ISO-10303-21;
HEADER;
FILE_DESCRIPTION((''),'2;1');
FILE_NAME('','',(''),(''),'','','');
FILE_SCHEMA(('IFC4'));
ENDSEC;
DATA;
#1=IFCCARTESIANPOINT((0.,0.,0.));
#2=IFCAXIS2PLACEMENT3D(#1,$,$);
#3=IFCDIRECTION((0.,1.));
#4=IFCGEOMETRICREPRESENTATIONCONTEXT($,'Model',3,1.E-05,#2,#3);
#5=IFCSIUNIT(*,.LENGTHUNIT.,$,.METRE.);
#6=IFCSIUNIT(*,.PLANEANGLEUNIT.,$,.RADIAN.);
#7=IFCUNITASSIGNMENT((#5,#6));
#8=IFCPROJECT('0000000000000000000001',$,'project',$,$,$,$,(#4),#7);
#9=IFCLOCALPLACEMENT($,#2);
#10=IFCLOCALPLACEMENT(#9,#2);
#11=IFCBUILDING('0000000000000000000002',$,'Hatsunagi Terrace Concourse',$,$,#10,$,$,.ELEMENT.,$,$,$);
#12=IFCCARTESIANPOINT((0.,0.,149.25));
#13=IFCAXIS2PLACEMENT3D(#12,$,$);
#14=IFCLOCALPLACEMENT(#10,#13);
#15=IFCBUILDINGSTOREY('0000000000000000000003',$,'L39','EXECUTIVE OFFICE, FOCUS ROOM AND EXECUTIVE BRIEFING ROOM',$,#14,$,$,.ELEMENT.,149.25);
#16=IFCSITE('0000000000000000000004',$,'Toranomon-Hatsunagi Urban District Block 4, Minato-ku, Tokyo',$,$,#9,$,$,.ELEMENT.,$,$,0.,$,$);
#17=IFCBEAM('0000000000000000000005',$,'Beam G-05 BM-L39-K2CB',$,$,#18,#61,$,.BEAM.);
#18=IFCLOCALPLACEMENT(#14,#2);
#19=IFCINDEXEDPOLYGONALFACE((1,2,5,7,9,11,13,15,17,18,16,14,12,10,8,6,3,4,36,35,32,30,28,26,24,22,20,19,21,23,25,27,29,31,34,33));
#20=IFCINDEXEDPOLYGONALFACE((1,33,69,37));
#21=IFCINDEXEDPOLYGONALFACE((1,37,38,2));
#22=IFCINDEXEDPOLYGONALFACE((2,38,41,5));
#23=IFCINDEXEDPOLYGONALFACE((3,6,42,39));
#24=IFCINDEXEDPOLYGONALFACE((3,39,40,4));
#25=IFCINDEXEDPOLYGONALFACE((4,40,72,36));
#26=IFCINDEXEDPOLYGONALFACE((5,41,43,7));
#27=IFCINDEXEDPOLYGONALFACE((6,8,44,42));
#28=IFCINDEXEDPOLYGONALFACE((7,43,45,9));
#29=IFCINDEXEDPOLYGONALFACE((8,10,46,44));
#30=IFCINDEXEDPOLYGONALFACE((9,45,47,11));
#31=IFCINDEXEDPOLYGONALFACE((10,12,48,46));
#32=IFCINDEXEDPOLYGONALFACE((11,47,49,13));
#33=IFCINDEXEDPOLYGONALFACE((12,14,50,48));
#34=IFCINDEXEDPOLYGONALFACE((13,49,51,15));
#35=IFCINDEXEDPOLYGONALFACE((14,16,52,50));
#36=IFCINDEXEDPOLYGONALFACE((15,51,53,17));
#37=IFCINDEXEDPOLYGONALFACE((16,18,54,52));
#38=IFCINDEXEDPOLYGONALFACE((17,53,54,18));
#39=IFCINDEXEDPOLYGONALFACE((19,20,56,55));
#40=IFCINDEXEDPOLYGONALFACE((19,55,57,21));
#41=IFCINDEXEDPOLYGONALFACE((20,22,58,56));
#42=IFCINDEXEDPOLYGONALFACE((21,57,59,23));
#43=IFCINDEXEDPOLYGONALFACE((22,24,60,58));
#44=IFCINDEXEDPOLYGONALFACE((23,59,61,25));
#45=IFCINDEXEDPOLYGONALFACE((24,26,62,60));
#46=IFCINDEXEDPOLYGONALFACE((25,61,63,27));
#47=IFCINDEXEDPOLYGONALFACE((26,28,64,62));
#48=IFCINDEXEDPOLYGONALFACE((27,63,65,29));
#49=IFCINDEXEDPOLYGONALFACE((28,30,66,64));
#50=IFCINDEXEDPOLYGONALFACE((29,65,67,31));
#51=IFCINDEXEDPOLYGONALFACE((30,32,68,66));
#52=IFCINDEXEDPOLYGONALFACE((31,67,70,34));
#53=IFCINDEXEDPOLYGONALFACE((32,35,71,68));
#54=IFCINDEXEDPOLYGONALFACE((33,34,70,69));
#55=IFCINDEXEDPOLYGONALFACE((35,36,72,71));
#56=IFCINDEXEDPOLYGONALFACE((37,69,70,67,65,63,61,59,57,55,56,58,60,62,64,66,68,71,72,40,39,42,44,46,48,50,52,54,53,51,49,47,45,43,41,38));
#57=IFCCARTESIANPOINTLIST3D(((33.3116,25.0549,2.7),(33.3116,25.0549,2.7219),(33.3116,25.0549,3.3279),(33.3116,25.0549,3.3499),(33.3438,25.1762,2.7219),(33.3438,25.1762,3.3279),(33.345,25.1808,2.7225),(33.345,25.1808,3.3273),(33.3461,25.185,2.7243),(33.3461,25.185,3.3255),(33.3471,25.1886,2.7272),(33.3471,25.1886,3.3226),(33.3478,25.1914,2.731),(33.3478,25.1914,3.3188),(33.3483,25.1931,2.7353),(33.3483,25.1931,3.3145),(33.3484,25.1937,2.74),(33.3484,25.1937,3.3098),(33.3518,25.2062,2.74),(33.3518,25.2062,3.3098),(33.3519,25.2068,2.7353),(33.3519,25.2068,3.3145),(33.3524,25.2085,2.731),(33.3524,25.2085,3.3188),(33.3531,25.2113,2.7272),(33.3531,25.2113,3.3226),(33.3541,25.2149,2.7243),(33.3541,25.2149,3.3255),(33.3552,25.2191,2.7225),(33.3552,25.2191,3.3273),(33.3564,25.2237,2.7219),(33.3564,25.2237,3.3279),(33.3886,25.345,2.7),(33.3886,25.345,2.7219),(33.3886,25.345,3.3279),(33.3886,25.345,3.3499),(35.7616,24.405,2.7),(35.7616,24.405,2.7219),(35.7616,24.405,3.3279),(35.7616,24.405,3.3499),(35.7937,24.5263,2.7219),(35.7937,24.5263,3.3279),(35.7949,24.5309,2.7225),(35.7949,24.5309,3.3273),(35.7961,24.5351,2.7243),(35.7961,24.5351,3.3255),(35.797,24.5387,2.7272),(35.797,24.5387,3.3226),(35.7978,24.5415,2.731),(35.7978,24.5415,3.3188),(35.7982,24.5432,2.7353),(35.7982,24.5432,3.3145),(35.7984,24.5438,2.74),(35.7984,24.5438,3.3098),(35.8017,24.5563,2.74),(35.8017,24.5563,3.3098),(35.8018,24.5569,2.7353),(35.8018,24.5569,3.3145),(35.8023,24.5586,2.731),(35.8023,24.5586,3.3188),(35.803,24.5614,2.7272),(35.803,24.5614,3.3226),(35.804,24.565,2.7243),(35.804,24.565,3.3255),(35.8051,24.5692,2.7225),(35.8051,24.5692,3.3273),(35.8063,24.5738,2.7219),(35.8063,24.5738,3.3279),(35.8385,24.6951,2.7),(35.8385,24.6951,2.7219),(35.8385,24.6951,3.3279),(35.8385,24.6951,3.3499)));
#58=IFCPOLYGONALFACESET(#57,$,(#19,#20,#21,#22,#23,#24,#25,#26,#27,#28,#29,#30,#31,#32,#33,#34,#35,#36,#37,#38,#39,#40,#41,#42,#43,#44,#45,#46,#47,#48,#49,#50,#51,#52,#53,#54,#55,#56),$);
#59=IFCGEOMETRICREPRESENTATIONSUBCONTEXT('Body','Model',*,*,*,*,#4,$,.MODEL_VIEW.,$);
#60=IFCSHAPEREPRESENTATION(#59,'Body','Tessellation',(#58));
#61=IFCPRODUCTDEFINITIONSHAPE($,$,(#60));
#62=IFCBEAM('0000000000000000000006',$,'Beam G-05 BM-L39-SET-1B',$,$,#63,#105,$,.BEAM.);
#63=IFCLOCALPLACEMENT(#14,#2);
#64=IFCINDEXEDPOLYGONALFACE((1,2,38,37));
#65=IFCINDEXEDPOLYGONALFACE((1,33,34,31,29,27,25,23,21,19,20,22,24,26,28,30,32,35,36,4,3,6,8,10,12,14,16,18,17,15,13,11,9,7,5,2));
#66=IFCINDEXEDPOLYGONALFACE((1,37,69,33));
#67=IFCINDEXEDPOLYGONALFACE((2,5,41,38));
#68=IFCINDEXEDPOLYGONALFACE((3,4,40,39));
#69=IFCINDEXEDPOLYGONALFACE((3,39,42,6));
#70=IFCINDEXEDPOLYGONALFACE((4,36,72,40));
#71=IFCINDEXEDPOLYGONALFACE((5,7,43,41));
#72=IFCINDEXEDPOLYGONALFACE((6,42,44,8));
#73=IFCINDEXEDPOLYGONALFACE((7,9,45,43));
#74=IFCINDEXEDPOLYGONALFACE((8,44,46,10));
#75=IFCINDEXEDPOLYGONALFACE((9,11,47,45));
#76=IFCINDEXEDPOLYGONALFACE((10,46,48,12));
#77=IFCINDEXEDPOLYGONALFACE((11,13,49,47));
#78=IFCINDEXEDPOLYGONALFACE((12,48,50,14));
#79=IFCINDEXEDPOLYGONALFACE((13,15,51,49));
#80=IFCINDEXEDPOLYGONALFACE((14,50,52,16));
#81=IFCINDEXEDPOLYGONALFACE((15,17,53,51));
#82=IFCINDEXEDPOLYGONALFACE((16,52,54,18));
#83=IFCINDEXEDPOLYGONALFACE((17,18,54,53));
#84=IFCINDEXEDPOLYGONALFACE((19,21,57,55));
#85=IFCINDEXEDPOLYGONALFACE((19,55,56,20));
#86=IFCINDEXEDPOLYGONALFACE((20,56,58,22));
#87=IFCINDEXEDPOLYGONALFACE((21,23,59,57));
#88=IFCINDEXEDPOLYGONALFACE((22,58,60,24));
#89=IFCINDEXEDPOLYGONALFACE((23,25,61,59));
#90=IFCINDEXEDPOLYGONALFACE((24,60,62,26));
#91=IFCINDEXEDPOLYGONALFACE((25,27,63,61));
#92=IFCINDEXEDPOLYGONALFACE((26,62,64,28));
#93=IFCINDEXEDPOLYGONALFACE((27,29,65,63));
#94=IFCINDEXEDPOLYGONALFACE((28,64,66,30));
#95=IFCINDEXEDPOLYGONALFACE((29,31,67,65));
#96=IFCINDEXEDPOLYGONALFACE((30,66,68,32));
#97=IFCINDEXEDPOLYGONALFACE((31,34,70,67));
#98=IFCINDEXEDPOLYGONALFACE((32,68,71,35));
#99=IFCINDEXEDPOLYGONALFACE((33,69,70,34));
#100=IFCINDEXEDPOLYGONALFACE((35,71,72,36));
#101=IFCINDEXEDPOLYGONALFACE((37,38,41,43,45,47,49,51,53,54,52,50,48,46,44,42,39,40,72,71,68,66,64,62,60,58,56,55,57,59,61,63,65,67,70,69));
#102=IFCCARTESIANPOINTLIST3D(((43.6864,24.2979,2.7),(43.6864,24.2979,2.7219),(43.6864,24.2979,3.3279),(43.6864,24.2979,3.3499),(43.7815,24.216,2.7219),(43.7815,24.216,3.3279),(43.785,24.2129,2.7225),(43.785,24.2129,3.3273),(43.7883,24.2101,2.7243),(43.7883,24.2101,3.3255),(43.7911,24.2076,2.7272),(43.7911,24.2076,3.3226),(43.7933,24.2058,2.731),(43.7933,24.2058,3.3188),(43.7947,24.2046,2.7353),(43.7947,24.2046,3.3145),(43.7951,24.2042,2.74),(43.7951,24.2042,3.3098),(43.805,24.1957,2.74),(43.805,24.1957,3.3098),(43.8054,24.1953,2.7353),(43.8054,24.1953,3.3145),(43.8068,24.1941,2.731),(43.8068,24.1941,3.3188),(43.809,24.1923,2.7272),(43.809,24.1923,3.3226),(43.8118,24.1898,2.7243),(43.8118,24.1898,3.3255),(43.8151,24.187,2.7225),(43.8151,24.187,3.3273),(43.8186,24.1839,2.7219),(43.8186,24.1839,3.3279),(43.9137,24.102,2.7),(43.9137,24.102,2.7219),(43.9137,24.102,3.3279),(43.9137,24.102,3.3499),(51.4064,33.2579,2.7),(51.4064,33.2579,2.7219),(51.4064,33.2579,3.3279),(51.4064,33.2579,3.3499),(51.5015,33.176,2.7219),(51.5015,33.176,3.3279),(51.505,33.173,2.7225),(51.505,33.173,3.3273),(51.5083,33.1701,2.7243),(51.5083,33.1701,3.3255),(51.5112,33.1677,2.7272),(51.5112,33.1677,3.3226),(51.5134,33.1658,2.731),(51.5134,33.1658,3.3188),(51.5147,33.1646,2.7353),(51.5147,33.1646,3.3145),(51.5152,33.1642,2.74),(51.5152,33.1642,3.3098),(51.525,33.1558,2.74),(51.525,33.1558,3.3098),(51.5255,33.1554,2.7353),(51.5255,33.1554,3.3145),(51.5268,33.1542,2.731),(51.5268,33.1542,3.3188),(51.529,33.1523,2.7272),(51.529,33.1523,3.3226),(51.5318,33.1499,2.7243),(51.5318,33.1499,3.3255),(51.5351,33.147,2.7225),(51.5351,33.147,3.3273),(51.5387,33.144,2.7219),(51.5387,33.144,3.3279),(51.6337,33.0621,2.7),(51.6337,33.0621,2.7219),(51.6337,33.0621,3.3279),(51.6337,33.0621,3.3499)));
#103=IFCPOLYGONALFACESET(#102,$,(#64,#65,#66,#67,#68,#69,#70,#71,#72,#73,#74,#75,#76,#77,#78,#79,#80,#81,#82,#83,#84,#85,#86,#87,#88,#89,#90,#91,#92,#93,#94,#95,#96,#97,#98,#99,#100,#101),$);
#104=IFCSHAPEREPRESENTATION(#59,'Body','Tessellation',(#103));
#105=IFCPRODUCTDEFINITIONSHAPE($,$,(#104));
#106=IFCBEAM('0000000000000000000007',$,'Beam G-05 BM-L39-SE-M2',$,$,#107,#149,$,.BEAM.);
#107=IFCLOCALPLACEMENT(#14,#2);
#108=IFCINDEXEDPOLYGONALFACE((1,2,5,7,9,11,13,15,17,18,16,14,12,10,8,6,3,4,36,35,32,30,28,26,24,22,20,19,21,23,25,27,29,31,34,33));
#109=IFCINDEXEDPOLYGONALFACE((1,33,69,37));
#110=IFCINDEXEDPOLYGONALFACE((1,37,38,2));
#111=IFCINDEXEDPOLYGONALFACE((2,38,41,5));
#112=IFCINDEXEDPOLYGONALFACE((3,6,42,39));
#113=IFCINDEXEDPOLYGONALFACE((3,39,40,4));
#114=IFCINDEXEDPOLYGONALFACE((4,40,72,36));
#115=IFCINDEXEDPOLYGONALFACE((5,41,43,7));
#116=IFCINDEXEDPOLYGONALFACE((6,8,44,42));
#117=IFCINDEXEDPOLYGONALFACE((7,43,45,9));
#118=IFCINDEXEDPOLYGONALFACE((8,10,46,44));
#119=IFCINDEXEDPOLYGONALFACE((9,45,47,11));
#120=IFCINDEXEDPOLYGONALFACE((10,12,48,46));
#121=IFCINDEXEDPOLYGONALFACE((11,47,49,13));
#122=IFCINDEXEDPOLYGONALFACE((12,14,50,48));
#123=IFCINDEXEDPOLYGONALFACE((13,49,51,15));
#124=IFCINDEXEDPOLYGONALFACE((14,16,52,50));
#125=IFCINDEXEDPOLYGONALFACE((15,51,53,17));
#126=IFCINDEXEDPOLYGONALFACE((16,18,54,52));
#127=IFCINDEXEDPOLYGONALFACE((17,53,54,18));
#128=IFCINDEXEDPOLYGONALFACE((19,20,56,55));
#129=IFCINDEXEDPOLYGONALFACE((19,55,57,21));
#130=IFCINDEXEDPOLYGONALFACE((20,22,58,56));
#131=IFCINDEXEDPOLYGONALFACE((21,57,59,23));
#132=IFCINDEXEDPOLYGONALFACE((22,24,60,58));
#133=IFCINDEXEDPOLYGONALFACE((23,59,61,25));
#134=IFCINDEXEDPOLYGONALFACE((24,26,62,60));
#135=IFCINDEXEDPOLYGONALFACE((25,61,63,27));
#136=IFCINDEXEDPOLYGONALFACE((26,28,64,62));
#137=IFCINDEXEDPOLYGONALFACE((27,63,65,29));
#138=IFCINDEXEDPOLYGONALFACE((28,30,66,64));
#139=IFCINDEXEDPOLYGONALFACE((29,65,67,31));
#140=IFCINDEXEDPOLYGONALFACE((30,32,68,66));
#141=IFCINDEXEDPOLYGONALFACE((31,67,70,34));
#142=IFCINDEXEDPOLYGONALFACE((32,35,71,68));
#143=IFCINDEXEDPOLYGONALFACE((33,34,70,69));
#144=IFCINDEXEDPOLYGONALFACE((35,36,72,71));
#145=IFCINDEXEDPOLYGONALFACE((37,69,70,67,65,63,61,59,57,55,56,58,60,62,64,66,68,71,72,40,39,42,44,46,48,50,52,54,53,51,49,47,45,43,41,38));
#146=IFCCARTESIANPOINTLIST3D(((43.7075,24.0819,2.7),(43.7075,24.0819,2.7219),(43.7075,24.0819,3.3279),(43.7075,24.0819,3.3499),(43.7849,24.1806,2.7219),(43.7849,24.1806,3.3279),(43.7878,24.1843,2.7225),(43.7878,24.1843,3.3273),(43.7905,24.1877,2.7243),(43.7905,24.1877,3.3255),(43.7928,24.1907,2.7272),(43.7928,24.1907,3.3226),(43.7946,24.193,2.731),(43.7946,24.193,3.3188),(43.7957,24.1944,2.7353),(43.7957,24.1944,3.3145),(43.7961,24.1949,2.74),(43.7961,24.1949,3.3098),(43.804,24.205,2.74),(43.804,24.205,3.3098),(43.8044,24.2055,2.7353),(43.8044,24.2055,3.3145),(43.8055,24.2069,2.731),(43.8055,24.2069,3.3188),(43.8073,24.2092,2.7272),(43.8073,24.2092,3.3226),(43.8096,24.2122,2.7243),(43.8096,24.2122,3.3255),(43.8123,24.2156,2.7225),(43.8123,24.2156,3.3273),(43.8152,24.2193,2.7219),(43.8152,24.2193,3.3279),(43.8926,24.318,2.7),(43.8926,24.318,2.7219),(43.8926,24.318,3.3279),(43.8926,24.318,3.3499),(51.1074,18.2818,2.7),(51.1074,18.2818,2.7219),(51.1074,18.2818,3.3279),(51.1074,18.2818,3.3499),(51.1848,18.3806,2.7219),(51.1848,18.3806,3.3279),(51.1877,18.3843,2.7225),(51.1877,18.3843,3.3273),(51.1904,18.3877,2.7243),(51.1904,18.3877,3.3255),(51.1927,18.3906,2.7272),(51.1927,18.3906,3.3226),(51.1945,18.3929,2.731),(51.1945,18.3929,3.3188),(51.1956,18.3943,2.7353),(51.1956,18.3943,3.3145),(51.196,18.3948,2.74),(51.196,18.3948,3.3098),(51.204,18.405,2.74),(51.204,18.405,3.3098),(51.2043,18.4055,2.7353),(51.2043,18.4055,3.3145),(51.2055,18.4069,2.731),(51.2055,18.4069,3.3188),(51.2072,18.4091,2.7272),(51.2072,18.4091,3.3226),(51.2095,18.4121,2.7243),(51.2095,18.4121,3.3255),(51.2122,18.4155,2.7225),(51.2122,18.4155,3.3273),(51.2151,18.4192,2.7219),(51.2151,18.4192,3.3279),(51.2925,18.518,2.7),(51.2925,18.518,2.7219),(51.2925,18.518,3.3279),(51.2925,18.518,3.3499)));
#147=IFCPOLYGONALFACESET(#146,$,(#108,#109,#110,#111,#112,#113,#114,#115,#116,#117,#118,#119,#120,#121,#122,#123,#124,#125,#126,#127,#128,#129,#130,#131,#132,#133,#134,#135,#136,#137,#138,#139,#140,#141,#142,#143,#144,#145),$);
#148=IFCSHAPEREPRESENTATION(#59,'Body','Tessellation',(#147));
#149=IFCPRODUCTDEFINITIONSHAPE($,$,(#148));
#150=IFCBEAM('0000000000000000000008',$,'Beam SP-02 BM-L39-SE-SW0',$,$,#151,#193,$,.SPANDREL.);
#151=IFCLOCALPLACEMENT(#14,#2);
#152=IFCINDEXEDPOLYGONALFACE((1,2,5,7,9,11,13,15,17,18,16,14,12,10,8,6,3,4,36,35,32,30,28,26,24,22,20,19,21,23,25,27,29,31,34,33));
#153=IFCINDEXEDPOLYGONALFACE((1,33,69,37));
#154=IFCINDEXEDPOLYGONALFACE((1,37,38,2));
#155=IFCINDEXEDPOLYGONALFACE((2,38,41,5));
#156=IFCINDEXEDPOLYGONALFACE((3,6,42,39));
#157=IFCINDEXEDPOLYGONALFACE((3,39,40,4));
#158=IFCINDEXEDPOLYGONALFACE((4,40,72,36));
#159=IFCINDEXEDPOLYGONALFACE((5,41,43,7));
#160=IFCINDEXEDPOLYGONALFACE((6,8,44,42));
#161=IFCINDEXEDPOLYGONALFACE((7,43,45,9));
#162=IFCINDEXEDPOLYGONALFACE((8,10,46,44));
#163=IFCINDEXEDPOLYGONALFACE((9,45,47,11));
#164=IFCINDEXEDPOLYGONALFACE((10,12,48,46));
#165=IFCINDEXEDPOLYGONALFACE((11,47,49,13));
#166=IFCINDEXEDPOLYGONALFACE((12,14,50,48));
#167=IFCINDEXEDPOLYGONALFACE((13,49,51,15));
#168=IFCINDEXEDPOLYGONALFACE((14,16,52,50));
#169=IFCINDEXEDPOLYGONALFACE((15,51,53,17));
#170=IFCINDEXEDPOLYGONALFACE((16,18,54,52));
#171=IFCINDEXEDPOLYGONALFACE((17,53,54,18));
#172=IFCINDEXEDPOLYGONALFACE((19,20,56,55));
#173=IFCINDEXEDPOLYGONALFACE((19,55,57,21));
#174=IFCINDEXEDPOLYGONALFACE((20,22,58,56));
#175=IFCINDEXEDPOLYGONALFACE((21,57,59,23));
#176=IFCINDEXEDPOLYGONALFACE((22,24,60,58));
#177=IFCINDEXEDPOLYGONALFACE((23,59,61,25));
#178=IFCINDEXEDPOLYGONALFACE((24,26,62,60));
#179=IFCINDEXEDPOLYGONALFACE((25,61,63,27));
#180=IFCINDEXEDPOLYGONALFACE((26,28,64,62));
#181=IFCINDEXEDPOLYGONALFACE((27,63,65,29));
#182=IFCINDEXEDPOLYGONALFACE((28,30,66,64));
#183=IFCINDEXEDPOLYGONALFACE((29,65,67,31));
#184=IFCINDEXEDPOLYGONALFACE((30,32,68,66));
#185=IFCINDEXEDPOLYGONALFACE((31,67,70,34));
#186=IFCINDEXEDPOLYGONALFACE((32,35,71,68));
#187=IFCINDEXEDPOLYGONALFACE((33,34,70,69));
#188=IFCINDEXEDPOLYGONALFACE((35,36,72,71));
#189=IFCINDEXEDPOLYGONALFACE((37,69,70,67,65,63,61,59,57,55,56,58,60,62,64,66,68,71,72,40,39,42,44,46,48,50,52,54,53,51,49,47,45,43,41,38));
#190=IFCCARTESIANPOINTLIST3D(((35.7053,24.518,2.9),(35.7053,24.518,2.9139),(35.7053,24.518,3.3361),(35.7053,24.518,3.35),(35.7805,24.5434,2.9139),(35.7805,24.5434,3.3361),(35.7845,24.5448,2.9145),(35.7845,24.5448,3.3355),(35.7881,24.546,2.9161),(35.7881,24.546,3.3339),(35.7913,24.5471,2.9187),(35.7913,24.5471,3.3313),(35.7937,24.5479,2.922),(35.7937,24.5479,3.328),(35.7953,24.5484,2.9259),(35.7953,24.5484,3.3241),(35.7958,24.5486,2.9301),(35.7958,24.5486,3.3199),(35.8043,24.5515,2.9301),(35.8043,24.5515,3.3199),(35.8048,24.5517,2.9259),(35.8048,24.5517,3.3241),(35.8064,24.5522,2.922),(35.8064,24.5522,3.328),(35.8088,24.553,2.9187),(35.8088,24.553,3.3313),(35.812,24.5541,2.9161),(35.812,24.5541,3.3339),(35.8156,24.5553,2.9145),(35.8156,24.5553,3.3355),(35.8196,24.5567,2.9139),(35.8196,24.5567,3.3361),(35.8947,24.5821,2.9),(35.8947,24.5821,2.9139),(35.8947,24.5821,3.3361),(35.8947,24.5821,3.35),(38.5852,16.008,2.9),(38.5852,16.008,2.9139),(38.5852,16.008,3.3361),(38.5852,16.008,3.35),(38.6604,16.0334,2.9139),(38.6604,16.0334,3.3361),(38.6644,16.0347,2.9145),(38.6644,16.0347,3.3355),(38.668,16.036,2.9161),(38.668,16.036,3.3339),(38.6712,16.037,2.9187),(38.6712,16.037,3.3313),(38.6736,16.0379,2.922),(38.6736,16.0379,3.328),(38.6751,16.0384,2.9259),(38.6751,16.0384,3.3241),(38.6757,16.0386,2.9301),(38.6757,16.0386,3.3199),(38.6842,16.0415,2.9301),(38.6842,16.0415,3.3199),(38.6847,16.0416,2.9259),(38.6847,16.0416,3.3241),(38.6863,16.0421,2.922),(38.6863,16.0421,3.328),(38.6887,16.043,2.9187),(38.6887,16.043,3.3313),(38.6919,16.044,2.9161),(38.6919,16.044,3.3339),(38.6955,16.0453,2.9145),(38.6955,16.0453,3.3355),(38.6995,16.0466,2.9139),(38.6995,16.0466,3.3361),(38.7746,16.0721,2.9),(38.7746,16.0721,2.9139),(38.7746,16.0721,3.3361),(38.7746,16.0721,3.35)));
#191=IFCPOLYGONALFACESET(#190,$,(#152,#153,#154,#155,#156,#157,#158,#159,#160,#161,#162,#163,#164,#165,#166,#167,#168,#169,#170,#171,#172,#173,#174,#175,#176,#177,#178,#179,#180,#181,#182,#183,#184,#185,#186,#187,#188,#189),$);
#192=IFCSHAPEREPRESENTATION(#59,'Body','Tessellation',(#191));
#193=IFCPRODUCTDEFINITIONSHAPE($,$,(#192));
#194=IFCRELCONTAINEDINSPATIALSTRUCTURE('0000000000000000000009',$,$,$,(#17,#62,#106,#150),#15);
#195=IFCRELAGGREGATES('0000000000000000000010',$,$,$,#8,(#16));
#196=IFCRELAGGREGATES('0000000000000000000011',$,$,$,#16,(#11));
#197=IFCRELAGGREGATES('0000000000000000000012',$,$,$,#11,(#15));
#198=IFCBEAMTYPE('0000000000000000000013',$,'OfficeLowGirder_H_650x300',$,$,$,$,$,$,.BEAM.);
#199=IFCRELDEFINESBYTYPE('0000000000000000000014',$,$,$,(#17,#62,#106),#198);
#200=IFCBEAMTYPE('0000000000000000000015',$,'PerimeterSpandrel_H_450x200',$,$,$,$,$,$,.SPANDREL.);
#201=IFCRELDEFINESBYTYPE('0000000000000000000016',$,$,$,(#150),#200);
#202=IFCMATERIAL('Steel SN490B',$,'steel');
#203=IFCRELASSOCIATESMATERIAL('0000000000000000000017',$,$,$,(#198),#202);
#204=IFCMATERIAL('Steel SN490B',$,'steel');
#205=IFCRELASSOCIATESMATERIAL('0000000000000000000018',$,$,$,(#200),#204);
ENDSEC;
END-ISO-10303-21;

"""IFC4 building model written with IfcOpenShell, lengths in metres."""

from ifc_helpers import new_model, si_unit, direction, frame, origin, origin_2d, place, context, subcontext, project, spatial, i_section, extrude, material, material_profile, profile_set, type_object, element, save


model = new_model("IFC4")

# Units and contexts
model_context = context("Model", 3, precision=1e-05, world=origin(), true_north=direction((0.0, 1.0)))
body_context = subcontext(model_context, "Body", "Model", "MODEL_VIEW")
ifc_project = project(units=[si_unit("LENGTHUNIT", "METRE"), si_unit("PLANEANGLEUNIT", "RADIAN")], contexts=[model_context])

# Site, building, storey
site_placement = place(None, origin())
site = spatial("IfcSite", under=ifc_project, at=site_placement, Name="Toranomon-Hatsunagi Urban District Block 4, Minato-ku, Tokyo", CompositionType="ELEMENT", RefElevation=0.0)
building_placement = place(site_placement, origin())
building = spatial("IfcBuilding", under=site, at=building_placement, Name="Hatsunagi Terrace Concourse", CompositionType="ELEMENT")
storey_placement = place(building_placement, frame((0.0, 0.0, 149.25)))
storey = spatial("IfcBuildingStorey", under=building, at=storey_placement, Name="L39", Description="EXECUTIVE OFFICE, FOCUS ROOM AND EXECUTIVE BRIEFING ROOM", CompositionType="ELEMENT", Elevation=149.25)

# Beams
ifc_material_1 = material(Name="Steel SN490B", Category="steel")
ifc_material_profile_1 = material_profile(ifc_material_1, i_section(OverallWidth=0.3, OverallDepth=0.6499, WebThickness=0.0129, FlangeThickness=0.022, FilletRadius=0.0181, at=origin_2d()), Name="H-650x300x13x22")
ifc_profile_set_1 = profile_set([ifc_material_profile_1], Name="Steel SN490B")
beam_type_1 = type_object("IfcBeamType", Name="OfficeLowGirder_H_650x300", PredefinedType="BEAM", material=ifc_profile_set_1)
beam_1_placement = place(storey_placement, frame((33.3501, 25.2, 3.0249), z_axis=(0.96657, -0.256403, 0.0), x_axis=(0.256403, 0.96657, 0.0)))
element("IfcBeam", 1, at=beam_1_placement, inside=storey, type_object=beam_type_1, Name="Beam G-05 BM-L39-K2CB", PredefinedType="BEAM", context=body_context, shape_type="SweptSolid", body=[
    extrude(i_section(OverallWidth=0.3, OverallDepth=0.6499, WebThickness=0.0129, FlangeThickness=0.022, FilletRadius=0.0181, at=origin_2d()), origin(), (0.0, 0.0, 1.0), 2.5347),
])
beam_2_placement = place(storey_placement, frame((43.8, 24.2, 3.0249), z_axis=(0.652739, 0.757583, 0.0), x_axis=(-0.757583, 0.652739, 0.0)))
element("IfcBeam", 2, at=beam_2_placement, inside=storey, type_object=beam_type_1, Name="Beam G-05 BM-L39-SET-1B", PredefinedType="BEAM", context=body_context, shape_type="SweptSolid", body=[
    extrude(i_section(OverallWidth=0.3, OverallDepth=0.6499, WebThickness=0.0129, FlangeThickness=0.022, FilletRadius=0.0181, at=origin_2d()), origin(), (0.0, 0.0, 1.0), 11.8271),
])
beam_3_placement = place(storey_placement, frame((43.8, 24.2, 3.0249), z_axis=(0.787049, -0.61689, 0.0), x_axis=(0.61689, 0.787049, 0.0)))
element("IfcBeam", 3, at=beam_3_placement, inside=storey, type_object=beam_type_1, Name="Beam G-05 BM-L39-SE-M2", PredefinedType="BEAM", context=body_context, shape_type="SweptSolid", body=[
    extrude(i_section(OverallWidth=0.3, OverallDepth=0.6499, WebThickness=0.0129, FlangeThickness=0.022, FilletRadius=0.0181, at=origin_2d()), origin(), (0.0, 0.0, 1.0), 9.4021),
])
ifc_material_2 = material(Name="Steel SN490B", Category="steel")
ifc_material_profile_2 = material_profile(ifc_material_2, i_section(OverallWidth=0.2, OverallDepth=0.45, WebThickness=0.009, FlangeThickness=0.0139, FilletRadius=0.0161, at=origin_2d()), Name="H-450x200x9x14")
ifc_profile_set_2 = profile_set([ifc_material_profile_2], Name="Steel SN490B")
beam_type_2 = type_object("IfcBeamType", Name="PerimeterSpandrel_H_450x200", PredefinedType="SPANDREL", material=ifc_profile_set_2)
beam_4_placement = place(storey_placement, frame((35.8, 24.55, 3.125), z_axis=(0.320553, -0.94723, 0.0), x_axis=(0.94723, 0.320553, 0.0)))
element("IfcBeam", 4, at=beam_4_placement, inside=storey, type_object=beam_type_2, Name="Beam SP-02 BM-L39-SE-SW0", PredefinedType="SPANDREL", context=body_context, shape_type="SweptSolid", body=[
    extrude(i_section(OverallWidth=0.2, OverallDepth=0.45, WebThickness=0.009, FlangeThickness=0.0139, FilletRadius=0.0161, at=origin_2d()), origin(), (0.0, 0.0, 1.0), 8.9841),
])

save(model, "model.ifc")
